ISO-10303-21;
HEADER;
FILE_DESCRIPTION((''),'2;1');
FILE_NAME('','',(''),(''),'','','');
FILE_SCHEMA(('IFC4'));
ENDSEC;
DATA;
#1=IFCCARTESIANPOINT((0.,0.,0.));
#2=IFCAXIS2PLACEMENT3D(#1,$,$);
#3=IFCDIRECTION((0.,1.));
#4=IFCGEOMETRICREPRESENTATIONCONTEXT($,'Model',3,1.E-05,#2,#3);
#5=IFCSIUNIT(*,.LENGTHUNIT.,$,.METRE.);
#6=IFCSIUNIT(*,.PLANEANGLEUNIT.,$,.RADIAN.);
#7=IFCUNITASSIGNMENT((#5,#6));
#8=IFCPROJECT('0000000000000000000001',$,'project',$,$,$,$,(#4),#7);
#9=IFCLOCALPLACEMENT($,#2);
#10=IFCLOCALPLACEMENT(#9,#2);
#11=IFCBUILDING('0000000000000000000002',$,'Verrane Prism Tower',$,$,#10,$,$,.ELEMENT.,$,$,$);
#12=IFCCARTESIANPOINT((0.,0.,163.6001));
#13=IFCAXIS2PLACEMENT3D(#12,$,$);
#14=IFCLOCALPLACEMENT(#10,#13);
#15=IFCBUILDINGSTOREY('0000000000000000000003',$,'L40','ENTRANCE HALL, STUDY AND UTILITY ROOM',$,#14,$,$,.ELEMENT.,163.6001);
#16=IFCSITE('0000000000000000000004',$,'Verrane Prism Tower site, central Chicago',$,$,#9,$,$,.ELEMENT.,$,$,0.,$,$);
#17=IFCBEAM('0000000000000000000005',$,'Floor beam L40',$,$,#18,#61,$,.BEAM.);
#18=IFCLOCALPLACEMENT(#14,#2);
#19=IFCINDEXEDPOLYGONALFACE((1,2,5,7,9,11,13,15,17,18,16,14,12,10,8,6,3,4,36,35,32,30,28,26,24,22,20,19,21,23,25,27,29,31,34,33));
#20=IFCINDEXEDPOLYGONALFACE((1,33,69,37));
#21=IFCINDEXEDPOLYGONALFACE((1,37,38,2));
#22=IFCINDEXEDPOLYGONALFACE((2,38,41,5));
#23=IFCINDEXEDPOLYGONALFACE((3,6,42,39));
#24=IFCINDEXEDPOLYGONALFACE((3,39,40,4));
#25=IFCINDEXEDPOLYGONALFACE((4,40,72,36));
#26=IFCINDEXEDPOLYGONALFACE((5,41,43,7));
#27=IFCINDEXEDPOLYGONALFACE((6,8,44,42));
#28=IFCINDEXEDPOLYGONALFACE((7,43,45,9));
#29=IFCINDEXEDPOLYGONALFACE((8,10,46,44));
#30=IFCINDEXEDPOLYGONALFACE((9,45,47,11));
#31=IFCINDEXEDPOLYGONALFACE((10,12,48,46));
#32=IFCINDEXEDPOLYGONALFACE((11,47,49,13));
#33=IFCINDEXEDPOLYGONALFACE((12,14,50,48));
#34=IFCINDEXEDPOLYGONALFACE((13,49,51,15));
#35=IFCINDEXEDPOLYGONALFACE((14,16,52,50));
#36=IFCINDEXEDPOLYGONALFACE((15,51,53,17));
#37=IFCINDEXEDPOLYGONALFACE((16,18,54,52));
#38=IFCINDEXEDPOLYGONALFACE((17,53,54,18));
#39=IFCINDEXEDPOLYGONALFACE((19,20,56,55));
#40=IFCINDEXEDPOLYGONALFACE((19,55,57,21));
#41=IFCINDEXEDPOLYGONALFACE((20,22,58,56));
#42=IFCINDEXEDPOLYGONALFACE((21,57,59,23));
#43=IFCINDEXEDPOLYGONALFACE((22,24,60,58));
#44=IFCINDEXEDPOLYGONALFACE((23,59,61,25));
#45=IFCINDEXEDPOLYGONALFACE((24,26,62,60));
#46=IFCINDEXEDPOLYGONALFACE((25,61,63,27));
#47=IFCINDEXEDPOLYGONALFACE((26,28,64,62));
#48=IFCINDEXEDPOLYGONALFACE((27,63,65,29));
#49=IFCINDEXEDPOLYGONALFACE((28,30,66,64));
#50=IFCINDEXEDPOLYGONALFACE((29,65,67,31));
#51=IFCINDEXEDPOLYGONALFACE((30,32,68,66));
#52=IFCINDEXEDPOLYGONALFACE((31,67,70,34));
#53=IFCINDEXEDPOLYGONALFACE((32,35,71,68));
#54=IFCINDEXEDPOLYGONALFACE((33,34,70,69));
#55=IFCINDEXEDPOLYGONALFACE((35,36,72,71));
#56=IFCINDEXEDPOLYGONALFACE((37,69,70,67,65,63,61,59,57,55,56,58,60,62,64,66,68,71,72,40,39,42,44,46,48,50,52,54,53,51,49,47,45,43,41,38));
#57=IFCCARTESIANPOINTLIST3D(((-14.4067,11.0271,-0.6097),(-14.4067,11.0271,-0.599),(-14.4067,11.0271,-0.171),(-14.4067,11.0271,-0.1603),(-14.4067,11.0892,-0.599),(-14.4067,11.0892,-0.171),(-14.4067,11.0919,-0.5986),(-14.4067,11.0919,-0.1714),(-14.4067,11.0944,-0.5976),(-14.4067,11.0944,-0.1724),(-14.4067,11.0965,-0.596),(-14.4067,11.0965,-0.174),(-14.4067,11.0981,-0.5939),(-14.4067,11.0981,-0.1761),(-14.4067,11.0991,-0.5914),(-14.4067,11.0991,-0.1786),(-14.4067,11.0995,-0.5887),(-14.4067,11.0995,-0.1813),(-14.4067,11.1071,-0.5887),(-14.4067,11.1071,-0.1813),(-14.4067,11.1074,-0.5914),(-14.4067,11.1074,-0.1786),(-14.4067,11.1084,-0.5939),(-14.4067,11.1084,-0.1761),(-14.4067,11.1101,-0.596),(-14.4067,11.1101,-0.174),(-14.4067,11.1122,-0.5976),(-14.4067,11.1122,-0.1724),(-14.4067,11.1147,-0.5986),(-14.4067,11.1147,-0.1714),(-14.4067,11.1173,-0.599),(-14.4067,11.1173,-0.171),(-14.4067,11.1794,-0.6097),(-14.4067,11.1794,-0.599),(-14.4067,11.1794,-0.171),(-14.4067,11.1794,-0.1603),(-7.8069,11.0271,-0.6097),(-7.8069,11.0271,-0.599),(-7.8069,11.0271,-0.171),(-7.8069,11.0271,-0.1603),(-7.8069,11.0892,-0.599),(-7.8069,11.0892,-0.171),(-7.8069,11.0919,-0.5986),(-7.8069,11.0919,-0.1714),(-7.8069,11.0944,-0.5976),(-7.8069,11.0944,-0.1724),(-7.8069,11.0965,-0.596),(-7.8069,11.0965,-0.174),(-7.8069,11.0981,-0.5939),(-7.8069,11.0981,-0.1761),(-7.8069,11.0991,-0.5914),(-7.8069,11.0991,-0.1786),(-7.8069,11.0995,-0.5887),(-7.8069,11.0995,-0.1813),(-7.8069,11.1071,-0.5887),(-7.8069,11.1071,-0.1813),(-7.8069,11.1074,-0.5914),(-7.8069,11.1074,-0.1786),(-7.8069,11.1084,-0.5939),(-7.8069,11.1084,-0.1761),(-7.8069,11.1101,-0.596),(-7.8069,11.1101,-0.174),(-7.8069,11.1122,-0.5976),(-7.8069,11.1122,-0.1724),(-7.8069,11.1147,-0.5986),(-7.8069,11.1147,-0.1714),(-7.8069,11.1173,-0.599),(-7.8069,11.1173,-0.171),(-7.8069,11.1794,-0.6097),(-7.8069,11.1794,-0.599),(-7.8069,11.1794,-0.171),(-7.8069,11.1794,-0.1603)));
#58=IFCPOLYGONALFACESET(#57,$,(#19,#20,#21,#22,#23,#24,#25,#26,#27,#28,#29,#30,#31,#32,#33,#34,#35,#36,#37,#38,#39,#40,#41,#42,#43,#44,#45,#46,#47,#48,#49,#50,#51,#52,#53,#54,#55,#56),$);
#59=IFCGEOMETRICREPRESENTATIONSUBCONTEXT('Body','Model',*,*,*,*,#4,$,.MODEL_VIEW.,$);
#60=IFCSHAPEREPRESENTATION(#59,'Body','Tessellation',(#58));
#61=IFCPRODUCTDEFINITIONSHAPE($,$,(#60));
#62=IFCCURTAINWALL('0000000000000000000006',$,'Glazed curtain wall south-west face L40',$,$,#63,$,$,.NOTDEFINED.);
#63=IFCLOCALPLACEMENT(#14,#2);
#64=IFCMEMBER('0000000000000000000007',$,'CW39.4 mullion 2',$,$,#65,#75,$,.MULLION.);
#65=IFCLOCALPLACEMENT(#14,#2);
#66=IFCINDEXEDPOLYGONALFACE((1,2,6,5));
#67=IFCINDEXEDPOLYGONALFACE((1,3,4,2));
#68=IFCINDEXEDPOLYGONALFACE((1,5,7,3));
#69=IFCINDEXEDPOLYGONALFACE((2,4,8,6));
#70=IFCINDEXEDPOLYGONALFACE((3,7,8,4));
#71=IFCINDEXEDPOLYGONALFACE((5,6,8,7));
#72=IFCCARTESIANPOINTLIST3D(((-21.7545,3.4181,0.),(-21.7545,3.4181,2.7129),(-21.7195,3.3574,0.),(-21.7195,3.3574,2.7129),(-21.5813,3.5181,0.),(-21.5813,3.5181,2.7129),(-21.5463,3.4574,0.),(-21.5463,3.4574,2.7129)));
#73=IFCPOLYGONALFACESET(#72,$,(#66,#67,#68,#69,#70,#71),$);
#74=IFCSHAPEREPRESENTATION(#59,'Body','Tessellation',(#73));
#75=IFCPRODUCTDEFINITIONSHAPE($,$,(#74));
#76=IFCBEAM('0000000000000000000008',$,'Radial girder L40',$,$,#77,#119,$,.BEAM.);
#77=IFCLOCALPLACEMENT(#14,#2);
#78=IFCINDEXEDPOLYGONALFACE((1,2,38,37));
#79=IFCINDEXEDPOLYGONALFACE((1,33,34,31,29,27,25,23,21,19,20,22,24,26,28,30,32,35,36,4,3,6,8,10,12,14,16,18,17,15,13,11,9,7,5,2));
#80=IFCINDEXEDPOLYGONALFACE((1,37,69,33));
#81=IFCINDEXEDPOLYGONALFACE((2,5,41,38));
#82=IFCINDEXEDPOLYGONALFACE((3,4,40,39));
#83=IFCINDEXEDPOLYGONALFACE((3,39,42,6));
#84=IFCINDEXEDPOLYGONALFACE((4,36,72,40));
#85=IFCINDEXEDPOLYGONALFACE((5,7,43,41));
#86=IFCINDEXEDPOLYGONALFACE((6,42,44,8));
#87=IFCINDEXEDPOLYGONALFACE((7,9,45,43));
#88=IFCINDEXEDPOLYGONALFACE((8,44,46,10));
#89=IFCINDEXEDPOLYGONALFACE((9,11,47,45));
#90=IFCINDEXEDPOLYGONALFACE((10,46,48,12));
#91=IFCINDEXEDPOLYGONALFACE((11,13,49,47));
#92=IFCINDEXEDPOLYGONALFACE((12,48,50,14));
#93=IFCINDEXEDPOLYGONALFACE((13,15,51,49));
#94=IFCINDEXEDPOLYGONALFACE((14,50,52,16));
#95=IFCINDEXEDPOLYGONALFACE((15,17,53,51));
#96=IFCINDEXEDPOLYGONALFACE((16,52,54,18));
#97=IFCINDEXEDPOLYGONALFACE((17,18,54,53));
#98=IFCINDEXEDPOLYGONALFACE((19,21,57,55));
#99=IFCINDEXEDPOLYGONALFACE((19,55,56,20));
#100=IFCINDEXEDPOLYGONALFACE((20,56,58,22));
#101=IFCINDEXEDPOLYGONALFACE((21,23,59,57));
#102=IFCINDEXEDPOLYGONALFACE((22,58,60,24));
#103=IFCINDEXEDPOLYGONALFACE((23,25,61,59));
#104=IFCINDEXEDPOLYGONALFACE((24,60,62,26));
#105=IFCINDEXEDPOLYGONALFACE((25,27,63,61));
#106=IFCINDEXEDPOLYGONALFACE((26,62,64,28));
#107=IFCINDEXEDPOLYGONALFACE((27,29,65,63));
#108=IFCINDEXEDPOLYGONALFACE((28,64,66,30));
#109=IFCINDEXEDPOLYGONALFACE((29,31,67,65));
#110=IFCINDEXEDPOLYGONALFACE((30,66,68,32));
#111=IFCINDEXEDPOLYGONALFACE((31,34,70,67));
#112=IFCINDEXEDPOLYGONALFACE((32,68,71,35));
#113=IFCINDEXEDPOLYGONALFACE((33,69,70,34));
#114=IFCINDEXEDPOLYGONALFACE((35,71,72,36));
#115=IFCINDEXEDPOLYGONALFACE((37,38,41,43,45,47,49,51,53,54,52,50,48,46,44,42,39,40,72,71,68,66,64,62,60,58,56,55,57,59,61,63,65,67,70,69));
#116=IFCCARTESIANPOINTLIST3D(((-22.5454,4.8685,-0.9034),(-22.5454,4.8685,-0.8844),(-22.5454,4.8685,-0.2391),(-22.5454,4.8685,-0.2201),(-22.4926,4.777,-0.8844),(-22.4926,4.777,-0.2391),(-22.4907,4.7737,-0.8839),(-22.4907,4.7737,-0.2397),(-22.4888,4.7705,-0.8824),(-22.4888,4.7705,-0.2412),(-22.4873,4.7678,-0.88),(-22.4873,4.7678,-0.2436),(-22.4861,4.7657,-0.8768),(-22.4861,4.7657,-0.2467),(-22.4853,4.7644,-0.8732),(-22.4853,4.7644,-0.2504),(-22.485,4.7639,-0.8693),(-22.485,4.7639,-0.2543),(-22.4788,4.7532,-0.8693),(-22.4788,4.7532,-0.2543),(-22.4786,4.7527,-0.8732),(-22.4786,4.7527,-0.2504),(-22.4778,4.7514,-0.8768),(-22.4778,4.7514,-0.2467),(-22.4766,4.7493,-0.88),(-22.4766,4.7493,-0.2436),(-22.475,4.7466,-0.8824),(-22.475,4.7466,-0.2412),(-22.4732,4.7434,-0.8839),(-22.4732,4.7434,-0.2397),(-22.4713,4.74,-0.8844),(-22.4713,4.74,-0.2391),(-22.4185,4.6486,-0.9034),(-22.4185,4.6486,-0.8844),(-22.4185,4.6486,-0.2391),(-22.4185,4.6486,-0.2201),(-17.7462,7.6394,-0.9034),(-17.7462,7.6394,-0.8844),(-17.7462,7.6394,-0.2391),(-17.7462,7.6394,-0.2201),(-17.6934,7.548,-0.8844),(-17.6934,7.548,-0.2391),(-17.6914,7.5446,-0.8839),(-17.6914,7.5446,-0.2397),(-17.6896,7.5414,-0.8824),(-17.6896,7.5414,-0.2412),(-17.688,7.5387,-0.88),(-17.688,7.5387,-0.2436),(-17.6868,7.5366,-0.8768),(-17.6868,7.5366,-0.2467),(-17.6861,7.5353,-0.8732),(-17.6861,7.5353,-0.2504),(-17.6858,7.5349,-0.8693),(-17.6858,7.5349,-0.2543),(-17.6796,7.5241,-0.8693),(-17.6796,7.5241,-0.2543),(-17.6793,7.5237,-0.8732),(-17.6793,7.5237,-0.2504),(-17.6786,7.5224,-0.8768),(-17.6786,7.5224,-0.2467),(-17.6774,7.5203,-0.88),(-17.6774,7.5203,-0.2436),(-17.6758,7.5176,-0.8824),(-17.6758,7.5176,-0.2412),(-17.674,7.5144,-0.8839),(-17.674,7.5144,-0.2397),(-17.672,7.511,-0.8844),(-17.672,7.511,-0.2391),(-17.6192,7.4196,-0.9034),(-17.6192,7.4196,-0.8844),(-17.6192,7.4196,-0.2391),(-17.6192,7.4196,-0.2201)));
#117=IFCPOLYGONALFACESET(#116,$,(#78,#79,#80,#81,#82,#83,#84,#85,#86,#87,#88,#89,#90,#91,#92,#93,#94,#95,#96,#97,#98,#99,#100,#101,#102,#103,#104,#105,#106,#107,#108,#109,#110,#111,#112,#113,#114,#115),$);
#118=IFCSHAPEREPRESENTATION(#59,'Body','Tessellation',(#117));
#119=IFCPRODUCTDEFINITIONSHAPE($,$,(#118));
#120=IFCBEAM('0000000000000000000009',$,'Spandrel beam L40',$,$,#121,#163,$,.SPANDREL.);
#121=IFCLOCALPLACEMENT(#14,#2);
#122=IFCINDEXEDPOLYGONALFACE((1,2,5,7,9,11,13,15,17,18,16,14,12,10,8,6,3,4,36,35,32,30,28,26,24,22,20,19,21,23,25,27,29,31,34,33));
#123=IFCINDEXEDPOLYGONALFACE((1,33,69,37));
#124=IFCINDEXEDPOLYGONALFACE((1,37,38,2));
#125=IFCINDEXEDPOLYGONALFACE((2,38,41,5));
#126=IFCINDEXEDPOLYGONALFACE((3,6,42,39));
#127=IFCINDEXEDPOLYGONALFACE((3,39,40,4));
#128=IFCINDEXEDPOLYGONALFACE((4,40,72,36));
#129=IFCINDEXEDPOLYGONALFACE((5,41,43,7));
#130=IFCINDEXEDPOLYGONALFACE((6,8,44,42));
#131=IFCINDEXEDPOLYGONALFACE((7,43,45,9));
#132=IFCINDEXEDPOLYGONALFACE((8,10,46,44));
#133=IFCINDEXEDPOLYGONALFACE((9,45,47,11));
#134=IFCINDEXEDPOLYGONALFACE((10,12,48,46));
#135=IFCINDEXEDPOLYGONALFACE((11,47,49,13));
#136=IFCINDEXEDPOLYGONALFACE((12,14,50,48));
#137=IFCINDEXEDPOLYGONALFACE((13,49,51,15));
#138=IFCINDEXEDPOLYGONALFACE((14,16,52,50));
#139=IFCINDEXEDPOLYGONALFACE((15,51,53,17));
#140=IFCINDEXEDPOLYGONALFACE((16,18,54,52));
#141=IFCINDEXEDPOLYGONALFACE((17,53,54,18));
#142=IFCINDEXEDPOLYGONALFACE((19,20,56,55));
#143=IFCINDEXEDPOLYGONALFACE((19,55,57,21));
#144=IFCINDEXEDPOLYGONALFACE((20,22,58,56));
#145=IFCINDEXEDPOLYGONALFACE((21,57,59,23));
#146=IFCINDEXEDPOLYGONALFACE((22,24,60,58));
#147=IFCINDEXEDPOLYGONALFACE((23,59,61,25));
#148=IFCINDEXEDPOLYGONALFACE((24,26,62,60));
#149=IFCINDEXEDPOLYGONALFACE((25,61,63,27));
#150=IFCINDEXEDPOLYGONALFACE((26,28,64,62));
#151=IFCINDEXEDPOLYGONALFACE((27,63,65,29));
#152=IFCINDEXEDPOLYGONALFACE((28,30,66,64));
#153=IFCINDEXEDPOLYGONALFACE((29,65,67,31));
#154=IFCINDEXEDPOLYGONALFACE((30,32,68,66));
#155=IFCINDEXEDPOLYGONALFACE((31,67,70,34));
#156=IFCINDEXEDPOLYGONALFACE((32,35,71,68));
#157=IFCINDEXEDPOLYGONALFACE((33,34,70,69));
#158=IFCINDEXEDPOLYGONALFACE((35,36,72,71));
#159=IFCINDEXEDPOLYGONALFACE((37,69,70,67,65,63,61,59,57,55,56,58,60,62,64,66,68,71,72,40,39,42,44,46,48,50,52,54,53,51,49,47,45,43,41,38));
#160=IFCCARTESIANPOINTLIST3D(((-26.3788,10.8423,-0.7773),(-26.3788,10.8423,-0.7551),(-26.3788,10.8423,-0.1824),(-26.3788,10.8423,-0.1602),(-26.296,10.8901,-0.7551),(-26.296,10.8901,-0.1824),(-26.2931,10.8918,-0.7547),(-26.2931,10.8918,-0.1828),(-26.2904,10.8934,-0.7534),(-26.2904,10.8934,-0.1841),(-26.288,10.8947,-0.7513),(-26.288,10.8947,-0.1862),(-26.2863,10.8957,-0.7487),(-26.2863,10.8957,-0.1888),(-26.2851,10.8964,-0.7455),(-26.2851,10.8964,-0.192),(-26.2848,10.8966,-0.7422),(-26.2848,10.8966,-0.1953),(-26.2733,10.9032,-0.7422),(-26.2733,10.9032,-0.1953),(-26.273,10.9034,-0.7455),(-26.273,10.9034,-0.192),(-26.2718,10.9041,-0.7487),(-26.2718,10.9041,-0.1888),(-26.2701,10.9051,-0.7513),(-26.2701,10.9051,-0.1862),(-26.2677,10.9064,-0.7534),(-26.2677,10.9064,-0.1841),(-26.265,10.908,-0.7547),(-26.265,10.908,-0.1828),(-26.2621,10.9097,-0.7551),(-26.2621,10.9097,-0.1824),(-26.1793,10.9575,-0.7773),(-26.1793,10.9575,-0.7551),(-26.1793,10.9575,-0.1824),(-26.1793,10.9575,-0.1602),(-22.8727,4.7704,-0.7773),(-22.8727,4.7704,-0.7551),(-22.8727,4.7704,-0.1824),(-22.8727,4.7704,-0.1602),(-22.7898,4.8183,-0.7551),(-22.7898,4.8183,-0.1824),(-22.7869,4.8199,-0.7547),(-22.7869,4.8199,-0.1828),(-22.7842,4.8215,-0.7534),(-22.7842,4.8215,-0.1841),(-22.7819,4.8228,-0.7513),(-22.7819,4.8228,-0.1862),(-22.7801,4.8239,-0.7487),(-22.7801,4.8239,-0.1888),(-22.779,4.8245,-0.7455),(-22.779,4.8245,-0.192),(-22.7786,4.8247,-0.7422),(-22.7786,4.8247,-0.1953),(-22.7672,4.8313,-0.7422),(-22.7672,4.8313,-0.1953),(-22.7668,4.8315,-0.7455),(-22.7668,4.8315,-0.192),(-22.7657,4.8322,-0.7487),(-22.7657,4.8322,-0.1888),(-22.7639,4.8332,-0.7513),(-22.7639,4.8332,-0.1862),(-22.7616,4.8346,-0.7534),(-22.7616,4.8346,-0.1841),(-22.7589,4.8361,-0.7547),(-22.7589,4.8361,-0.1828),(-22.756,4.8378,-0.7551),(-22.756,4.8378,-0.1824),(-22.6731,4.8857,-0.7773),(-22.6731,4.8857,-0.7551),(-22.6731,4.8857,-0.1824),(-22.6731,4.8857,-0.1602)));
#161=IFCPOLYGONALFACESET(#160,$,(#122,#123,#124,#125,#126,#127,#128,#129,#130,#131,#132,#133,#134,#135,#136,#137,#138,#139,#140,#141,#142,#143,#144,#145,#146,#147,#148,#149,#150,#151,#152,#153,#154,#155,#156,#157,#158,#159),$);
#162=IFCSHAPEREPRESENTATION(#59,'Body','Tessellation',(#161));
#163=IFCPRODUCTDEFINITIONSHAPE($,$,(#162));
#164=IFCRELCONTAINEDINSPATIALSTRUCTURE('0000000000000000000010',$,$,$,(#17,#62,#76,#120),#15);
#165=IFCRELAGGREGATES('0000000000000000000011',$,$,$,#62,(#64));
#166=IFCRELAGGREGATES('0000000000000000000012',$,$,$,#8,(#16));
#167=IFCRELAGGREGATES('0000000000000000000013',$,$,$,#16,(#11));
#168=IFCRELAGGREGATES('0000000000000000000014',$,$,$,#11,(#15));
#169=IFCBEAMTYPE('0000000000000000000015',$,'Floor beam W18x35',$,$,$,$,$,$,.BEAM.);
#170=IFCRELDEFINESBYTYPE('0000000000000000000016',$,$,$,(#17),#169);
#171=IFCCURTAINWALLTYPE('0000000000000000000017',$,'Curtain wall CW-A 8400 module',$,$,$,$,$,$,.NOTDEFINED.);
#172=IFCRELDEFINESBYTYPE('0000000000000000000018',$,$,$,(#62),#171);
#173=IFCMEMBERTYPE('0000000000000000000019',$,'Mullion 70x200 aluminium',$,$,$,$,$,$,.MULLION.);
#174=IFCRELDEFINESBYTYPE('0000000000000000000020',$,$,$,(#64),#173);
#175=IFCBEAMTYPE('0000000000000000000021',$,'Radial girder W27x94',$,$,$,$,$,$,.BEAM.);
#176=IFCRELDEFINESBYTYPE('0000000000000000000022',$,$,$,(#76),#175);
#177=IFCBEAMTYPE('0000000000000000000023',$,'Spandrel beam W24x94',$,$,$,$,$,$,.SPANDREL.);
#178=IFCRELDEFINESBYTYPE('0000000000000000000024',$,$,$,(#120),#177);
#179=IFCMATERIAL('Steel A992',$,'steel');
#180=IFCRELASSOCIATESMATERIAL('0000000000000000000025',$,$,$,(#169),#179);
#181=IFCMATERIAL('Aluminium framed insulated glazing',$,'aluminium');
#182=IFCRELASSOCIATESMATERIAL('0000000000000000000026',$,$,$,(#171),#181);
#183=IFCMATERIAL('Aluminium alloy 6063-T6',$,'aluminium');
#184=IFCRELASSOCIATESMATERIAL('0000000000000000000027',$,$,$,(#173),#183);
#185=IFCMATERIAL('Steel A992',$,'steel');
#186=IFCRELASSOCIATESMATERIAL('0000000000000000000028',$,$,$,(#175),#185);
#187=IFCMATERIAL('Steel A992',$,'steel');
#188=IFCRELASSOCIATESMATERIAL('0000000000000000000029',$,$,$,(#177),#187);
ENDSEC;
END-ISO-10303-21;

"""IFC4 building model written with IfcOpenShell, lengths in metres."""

from ifc_helpers import new_model, si_unit, direction, frame, origin, origin_2d, place, context, subcontext, project, spatial, rectangle, i_section, extrude, material, material_profile, profile_set, type_object, element, aggregate, save


model = new_model("IFC4")

# Units and contexts
model_context = context("Model", 3, precision=1e-05, world=origin(), true_north=direction((0.0, 1.0)))
body_context = subcontext(model_context, "Body", "Model", "MODEL_VIEW")
ifc_project = project(units=[si_unit("LENGTHUNIT", "METRE"), si_unit("PLANEANGLEUNIT", "RADIAN")], contexts=[model_context])

# Site, building, storey
site_placement = place(None, origin())
site = spatial("IfcSite", under=ifc_project, at=site_placement, Name="Verrane Prism Tower site, central Chicago", CompositionType="ELEMENT", RefElevation=0.0)
building_placement = place(site_placement, origin())
building = spatial("IfcBuilding", under=site, at=building_placement, Name="Verrane Prism Tower", CompositionType="ELEMENT")
storey_placement = place(building_placement, frame((0.0, 0.0, 163.6001)))
storey = spatial("IfcBuildingStorey", under=building, at=storey_placement, Name="L40", Description="ENTRANCE HALL, STUDY AND UTILITY ROOM", CompositionType="ELEMENT", Elevation=163.6001)

# Beam
ifc_material_1 = material(Name="Steel A992", Category="steel")
ifc_material_profile_1 = material_profile(ifc_material_1, i_section(OverallWidth=0.1523, OverallDepth=0.4495, WebThickness=0.0076, FlangeThickness=0.0107, FilletRadius=0.0103, at=origin_2d()), Name="W18x35")
ifc_profile_set_1 = profile_set([ifc_material_profile_1], Name="Steel A992")
beam_type_1 = type_object("IfcBeamType", Name="Floor beam W18x35", PredefinedType="BEAM", material=ifc_profile_set_1)
beam_1_placement = place(storey_placement, frame((-14.4067, 11.1033, -0.385), z_axis=(1.0, 0.0, 0.0), x_axis=(0.0, 1.0, 0.0)))
element("IfcBeam", 1, at=beam_1_placement, inside=storey, type_object=beam_type_1, Name="Floor beam L40", PredefinedType="BEAM", context=body_context, shape_type="SweptSolid", body=[
    extrude(i_section(OverallWidth=0.1523, OverallDepth=0.4495, WebThickness=0.0076, FlangeThickness=0.0107, FilletRadius=0.0103, at=origin_2d()), origin(), (0.0, 0.0, 1.0), 6.5999),
])

# Curtain wall, member
ifc_material_2 = material(Name="Aluminium framed insulated glazing", Category="aluminium")
curtain_wall_type = type_object("IfcCurtainWallType", Name="Curtain wall CW-A 8400 module", PredefinedType="NOTDEFINED", material=ifc_material_2)
curtain_wall_placement = place(storey_placement, origin())
curtain_wall = element("IfcCurtainWall", 2, at=curtain_wall_placement, inside=storey, type_object=curtain_wall_type, Name="Glazed curtain wall south-west face L40", PredefinedType="NOTDEFINED")
ifc_material_3 = material(Name="Aluminium alloy 6063-T6", Category="aluminium")
ifc_material_profile_2 = material_profile(ifc_material_3, rectangle(XDim=0.2, YDim=0.0701, at=origin_2d()), Name="Mullion 70x200 aluminium")
ifc_profile_set_2 = profile_set([ifc_material_profile_2], Name="Aluminium alloy 6063-T6")
member_type_1 = type_object("IfcMemberType", Name="Mullion 70x200 aluminium", PredefinedType="MULLION", material=ifc_profile_set_2)
member_1_placement = place(storey_placement, frame((-21.6504, 3.4377, 0.0), z_axis=(0.0, 0.0, 1.0), x_axis=(0.866026, 0.499999, 0.0)))
member_1 = element("IfcMember", 3, at=member_1_placement, type_object=member_type_1, Name="CW39.4 mullion 2", PredefinedType="MULLION", context=body_context, shape_type="SweptSolid", body=[
    extrude(rectangle(XDim=0.2, YDim=0.0701, at=origin_2d()), origin(), (0.0, 0.0, 1.0), 2.7129),
])

# Beams
ifc_material_4 = material(Name="Steel A992", Category="steel")
ifc_material_profile_3 = material_profile(ifc_material_4, i_section(OverallWidth=0.2539, OverallDepth=0.6833, WebThickness=0.0125, FlangeThickness=0.019, FilletRadius=0.0151, at=origin_2d()), Name="W27x94")
ifc_profile_set_3 = profile_set([ifc_material_profile_3], Name="Steel A992")
beam_type_2 = type_object("IfcBeamType", Name="Radial girder W27x94", PredefinedType="BEAM", material=ifc_profile_set_3)
beam_2_placement = place(storey_placement, frame((-22.4819, 4.7585, -0.5618), z_axis=(0.866017, 0.500015, 0.0), x_axis=(-0.500015, 0.866017, 0.0)))
element("IfcBeam", 4, at=beam_2_placement, inside=storey, type_object=beam_type_2, Name="Radial girder L40", PredefinedType="BEAM", context=body_context, shape_type="SweptSolid", body=[
    extrude(i_section(OverallWidth=0.2539, OverallDepth=0.6833, WebThickness=0.0125, FlangeThickness=0.019, FilletRadius=0.0151, at=origin_2d()), origin(), (0.0, 0.0, 1.0), 5.5417),
])
ifc_material_5 = material(Name="Steel A992", Category="steel")
ifc_material_profile_4 = material_profile(ifc_material_5, i_section(OverallWidth=0.2305, OverallDepth=0.6172, WebThickness=0.0132, FlangeThickness=0.0222, FilletRadius=0.0129, at=origin_2d()), Name="W24x94")
ifc_profile_set_4 = profile_set([ifc_material_profile_4], Name="Steel A992")
beam_type_3 = type_object("IfcBeamType", Name="Spandrel beam W24x94", PredefinedType="SPANDREL", material=ifc_profile_set_4)
beam_3_placement = place(storey_placement, frame((-26.2791, 10.8999, -0.4688), z_axis=(0.50006, -0.865991, 0.0), x_axis=(0.865991, 0.50006, 0.0)))
element("IfcBeam", 5, at=beam_3_placement, inside=storey, type_object=beam_type_3, Name="Spandrel beam L40", PredefinedType="SPANDREL", context=body_context, shape_type="SweptSolid", body=[
    extrude(i_section(OverallWidth=0.2305, OverallDepth=0.6172, WebThickness=0.0132, FlangeThickness=0.0222, FilletRadius=0.0129, at=origin_2d()), origin(), (0.0, 0.0, 1.0), 7.0115),
])

aggregate(curtain_wall, [member_1])

save(model, "model.ifc")
